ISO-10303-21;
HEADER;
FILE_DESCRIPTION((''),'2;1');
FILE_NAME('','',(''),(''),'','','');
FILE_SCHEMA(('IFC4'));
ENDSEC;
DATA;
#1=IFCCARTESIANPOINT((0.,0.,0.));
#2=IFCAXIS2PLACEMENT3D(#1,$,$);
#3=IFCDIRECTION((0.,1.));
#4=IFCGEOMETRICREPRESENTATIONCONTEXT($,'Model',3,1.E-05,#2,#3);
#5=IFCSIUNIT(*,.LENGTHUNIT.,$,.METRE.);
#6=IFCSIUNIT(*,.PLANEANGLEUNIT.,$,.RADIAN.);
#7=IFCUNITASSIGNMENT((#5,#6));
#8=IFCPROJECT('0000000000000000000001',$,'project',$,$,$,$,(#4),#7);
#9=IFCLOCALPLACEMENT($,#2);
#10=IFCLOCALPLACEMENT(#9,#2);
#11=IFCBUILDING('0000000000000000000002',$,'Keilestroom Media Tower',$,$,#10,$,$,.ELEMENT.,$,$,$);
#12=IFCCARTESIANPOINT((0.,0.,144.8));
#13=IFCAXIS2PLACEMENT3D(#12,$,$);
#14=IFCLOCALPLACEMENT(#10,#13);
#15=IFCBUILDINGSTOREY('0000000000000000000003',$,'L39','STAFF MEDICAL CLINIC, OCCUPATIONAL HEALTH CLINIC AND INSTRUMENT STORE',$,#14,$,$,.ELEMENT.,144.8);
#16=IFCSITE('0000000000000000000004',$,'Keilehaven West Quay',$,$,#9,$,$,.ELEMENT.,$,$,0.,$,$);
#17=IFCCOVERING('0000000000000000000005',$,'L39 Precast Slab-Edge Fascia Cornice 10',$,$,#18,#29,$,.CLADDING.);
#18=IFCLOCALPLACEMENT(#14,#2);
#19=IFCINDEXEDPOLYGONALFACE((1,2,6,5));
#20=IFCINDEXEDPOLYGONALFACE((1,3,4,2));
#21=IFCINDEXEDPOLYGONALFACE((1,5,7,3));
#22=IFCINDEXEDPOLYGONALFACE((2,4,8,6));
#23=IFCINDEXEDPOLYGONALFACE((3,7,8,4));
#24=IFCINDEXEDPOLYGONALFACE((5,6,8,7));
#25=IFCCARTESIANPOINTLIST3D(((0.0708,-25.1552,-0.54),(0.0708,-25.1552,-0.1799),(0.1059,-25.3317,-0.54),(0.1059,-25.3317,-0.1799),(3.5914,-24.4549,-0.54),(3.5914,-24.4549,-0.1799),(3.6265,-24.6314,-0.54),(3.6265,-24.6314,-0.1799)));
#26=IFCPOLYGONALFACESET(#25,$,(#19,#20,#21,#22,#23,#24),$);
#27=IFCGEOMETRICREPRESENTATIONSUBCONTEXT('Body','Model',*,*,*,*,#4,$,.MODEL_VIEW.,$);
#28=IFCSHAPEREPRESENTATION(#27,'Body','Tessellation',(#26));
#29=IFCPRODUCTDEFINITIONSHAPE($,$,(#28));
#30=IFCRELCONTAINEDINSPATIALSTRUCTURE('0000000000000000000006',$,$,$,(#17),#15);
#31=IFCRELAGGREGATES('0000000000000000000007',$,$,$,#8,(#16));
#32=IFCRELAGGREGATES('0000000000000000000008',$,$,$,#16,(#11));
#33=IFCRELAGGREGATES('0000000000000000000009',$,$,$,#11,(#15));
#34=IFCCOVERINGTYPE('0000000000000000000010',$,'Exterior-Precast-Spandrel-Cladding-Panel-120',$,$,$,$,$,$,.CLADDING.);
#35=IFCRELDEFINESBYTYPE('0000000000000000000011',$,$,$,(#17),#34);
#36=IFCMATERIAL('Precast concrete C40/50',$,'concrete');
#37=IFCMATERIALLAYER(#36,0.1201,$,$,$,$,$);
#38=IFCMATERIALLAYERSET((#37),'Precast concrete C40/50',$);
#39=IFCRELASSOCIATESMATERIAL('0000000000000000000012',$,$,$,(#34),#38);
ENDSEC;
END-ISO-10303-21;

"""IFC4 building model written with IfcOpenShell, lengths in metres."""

from ifc_helpers import new_model, si_unit, direction, frame, origin, origin_2d, place, context, subcontext, project, spatial, rectangle, extrude, source, transform, mapped, material, layer, layer_set, type_object, element, save


model = new_model("IFC4")

# Units and contexts
model_context = context("Model", 3, precision=1e-05, world=origin(), true_north=direction((0.0, 1.0)))
body_context = subcontext(model_context, "Body", "Model", "MODEL_VIEW")
ifc_project = project(units=[si_unit("LENGTHUNIT", "METRE"), si_unit("PLANEANGLEUNIT", "RADIAN")], contexts=[model_context])

# Site, building, storey
site_placement = place(None, origin())
site = spatial("IfcSite", under=ifc_project, at=site_placement, Name="Keilehaven West Quay", CompositionType="ELEMENT", RefElevation=0.0)
building_placement = place(site_placement, origin())
building = spatial("IfcBuilding", under=site, at=building_placement, Name="Keilestroom Media Tower", CompositionType="ELEMENT")
storey_placement = place(building_placement, frame((0.0, 0.0, 144.8)))
storey = spatial("IfcBuildingStorey", under=building, at=storey_placement, Name="L39", Description="STAFF MEDICAL CLINIC, OCCUPATIONAL HEALTH CLINIC AND INSTRUMENT STORE", CompositionType="ELEMENT", Elevation=144.8)

# Shared definitions
ifc_material_1 = material(Name="Precast concrete C40/50", Category="concrete")

# Covering
ifc_layer_1 = layer(ifc_material_1, 0.1201)
ifc_layer_set_1 = layer_set([ifc_layer_1], Name="Precast concrete C40/50")
covering_type = type_object("IfcCoveringType", Name="Exterior-Precast-Spandrel-Cladding-Panel-120", PredefinedType="CLADDING", material=ifc_layer_set_1)
shared_shape_1 = source(origin(), body_context, "Body", "SweptSolid", [
    extrude(rectangle(XDim=3.5896, YDim=0.1799, at=origin_2d()), origin(), (0.0, 0.0, 1.0), 0.3601),
])
for number, where, z_axis, x_axis, name in (
    (1, (1.8486, -24.8933, -0.54), (0.0, 0.0, 1.0), (-0.980784, -0.195099, 0.0), "L39 Precast Slab-Edge Fascia Cornice 10"),
):
    element("IfcCovering", number, at=place(storey_placement, frame(where, z_axis=z_axis, x_axis=x_axis)), inside=storey, type_object=covering_type, Name=name, PredefinedType="CLADDING", context=body_context, shape_type="MappedRepresentation", body=[
        mapped(shared_shape_1, transform((0.0, 0.0, 0.0), x_axis=(1.0, 0.0, 0.0), y_axis=(0.0, 1.0, 0.0), z_axis=(0.0, 0.0, 1.0), scale=1.0)),
    ])

save(model, "model.ifc")
